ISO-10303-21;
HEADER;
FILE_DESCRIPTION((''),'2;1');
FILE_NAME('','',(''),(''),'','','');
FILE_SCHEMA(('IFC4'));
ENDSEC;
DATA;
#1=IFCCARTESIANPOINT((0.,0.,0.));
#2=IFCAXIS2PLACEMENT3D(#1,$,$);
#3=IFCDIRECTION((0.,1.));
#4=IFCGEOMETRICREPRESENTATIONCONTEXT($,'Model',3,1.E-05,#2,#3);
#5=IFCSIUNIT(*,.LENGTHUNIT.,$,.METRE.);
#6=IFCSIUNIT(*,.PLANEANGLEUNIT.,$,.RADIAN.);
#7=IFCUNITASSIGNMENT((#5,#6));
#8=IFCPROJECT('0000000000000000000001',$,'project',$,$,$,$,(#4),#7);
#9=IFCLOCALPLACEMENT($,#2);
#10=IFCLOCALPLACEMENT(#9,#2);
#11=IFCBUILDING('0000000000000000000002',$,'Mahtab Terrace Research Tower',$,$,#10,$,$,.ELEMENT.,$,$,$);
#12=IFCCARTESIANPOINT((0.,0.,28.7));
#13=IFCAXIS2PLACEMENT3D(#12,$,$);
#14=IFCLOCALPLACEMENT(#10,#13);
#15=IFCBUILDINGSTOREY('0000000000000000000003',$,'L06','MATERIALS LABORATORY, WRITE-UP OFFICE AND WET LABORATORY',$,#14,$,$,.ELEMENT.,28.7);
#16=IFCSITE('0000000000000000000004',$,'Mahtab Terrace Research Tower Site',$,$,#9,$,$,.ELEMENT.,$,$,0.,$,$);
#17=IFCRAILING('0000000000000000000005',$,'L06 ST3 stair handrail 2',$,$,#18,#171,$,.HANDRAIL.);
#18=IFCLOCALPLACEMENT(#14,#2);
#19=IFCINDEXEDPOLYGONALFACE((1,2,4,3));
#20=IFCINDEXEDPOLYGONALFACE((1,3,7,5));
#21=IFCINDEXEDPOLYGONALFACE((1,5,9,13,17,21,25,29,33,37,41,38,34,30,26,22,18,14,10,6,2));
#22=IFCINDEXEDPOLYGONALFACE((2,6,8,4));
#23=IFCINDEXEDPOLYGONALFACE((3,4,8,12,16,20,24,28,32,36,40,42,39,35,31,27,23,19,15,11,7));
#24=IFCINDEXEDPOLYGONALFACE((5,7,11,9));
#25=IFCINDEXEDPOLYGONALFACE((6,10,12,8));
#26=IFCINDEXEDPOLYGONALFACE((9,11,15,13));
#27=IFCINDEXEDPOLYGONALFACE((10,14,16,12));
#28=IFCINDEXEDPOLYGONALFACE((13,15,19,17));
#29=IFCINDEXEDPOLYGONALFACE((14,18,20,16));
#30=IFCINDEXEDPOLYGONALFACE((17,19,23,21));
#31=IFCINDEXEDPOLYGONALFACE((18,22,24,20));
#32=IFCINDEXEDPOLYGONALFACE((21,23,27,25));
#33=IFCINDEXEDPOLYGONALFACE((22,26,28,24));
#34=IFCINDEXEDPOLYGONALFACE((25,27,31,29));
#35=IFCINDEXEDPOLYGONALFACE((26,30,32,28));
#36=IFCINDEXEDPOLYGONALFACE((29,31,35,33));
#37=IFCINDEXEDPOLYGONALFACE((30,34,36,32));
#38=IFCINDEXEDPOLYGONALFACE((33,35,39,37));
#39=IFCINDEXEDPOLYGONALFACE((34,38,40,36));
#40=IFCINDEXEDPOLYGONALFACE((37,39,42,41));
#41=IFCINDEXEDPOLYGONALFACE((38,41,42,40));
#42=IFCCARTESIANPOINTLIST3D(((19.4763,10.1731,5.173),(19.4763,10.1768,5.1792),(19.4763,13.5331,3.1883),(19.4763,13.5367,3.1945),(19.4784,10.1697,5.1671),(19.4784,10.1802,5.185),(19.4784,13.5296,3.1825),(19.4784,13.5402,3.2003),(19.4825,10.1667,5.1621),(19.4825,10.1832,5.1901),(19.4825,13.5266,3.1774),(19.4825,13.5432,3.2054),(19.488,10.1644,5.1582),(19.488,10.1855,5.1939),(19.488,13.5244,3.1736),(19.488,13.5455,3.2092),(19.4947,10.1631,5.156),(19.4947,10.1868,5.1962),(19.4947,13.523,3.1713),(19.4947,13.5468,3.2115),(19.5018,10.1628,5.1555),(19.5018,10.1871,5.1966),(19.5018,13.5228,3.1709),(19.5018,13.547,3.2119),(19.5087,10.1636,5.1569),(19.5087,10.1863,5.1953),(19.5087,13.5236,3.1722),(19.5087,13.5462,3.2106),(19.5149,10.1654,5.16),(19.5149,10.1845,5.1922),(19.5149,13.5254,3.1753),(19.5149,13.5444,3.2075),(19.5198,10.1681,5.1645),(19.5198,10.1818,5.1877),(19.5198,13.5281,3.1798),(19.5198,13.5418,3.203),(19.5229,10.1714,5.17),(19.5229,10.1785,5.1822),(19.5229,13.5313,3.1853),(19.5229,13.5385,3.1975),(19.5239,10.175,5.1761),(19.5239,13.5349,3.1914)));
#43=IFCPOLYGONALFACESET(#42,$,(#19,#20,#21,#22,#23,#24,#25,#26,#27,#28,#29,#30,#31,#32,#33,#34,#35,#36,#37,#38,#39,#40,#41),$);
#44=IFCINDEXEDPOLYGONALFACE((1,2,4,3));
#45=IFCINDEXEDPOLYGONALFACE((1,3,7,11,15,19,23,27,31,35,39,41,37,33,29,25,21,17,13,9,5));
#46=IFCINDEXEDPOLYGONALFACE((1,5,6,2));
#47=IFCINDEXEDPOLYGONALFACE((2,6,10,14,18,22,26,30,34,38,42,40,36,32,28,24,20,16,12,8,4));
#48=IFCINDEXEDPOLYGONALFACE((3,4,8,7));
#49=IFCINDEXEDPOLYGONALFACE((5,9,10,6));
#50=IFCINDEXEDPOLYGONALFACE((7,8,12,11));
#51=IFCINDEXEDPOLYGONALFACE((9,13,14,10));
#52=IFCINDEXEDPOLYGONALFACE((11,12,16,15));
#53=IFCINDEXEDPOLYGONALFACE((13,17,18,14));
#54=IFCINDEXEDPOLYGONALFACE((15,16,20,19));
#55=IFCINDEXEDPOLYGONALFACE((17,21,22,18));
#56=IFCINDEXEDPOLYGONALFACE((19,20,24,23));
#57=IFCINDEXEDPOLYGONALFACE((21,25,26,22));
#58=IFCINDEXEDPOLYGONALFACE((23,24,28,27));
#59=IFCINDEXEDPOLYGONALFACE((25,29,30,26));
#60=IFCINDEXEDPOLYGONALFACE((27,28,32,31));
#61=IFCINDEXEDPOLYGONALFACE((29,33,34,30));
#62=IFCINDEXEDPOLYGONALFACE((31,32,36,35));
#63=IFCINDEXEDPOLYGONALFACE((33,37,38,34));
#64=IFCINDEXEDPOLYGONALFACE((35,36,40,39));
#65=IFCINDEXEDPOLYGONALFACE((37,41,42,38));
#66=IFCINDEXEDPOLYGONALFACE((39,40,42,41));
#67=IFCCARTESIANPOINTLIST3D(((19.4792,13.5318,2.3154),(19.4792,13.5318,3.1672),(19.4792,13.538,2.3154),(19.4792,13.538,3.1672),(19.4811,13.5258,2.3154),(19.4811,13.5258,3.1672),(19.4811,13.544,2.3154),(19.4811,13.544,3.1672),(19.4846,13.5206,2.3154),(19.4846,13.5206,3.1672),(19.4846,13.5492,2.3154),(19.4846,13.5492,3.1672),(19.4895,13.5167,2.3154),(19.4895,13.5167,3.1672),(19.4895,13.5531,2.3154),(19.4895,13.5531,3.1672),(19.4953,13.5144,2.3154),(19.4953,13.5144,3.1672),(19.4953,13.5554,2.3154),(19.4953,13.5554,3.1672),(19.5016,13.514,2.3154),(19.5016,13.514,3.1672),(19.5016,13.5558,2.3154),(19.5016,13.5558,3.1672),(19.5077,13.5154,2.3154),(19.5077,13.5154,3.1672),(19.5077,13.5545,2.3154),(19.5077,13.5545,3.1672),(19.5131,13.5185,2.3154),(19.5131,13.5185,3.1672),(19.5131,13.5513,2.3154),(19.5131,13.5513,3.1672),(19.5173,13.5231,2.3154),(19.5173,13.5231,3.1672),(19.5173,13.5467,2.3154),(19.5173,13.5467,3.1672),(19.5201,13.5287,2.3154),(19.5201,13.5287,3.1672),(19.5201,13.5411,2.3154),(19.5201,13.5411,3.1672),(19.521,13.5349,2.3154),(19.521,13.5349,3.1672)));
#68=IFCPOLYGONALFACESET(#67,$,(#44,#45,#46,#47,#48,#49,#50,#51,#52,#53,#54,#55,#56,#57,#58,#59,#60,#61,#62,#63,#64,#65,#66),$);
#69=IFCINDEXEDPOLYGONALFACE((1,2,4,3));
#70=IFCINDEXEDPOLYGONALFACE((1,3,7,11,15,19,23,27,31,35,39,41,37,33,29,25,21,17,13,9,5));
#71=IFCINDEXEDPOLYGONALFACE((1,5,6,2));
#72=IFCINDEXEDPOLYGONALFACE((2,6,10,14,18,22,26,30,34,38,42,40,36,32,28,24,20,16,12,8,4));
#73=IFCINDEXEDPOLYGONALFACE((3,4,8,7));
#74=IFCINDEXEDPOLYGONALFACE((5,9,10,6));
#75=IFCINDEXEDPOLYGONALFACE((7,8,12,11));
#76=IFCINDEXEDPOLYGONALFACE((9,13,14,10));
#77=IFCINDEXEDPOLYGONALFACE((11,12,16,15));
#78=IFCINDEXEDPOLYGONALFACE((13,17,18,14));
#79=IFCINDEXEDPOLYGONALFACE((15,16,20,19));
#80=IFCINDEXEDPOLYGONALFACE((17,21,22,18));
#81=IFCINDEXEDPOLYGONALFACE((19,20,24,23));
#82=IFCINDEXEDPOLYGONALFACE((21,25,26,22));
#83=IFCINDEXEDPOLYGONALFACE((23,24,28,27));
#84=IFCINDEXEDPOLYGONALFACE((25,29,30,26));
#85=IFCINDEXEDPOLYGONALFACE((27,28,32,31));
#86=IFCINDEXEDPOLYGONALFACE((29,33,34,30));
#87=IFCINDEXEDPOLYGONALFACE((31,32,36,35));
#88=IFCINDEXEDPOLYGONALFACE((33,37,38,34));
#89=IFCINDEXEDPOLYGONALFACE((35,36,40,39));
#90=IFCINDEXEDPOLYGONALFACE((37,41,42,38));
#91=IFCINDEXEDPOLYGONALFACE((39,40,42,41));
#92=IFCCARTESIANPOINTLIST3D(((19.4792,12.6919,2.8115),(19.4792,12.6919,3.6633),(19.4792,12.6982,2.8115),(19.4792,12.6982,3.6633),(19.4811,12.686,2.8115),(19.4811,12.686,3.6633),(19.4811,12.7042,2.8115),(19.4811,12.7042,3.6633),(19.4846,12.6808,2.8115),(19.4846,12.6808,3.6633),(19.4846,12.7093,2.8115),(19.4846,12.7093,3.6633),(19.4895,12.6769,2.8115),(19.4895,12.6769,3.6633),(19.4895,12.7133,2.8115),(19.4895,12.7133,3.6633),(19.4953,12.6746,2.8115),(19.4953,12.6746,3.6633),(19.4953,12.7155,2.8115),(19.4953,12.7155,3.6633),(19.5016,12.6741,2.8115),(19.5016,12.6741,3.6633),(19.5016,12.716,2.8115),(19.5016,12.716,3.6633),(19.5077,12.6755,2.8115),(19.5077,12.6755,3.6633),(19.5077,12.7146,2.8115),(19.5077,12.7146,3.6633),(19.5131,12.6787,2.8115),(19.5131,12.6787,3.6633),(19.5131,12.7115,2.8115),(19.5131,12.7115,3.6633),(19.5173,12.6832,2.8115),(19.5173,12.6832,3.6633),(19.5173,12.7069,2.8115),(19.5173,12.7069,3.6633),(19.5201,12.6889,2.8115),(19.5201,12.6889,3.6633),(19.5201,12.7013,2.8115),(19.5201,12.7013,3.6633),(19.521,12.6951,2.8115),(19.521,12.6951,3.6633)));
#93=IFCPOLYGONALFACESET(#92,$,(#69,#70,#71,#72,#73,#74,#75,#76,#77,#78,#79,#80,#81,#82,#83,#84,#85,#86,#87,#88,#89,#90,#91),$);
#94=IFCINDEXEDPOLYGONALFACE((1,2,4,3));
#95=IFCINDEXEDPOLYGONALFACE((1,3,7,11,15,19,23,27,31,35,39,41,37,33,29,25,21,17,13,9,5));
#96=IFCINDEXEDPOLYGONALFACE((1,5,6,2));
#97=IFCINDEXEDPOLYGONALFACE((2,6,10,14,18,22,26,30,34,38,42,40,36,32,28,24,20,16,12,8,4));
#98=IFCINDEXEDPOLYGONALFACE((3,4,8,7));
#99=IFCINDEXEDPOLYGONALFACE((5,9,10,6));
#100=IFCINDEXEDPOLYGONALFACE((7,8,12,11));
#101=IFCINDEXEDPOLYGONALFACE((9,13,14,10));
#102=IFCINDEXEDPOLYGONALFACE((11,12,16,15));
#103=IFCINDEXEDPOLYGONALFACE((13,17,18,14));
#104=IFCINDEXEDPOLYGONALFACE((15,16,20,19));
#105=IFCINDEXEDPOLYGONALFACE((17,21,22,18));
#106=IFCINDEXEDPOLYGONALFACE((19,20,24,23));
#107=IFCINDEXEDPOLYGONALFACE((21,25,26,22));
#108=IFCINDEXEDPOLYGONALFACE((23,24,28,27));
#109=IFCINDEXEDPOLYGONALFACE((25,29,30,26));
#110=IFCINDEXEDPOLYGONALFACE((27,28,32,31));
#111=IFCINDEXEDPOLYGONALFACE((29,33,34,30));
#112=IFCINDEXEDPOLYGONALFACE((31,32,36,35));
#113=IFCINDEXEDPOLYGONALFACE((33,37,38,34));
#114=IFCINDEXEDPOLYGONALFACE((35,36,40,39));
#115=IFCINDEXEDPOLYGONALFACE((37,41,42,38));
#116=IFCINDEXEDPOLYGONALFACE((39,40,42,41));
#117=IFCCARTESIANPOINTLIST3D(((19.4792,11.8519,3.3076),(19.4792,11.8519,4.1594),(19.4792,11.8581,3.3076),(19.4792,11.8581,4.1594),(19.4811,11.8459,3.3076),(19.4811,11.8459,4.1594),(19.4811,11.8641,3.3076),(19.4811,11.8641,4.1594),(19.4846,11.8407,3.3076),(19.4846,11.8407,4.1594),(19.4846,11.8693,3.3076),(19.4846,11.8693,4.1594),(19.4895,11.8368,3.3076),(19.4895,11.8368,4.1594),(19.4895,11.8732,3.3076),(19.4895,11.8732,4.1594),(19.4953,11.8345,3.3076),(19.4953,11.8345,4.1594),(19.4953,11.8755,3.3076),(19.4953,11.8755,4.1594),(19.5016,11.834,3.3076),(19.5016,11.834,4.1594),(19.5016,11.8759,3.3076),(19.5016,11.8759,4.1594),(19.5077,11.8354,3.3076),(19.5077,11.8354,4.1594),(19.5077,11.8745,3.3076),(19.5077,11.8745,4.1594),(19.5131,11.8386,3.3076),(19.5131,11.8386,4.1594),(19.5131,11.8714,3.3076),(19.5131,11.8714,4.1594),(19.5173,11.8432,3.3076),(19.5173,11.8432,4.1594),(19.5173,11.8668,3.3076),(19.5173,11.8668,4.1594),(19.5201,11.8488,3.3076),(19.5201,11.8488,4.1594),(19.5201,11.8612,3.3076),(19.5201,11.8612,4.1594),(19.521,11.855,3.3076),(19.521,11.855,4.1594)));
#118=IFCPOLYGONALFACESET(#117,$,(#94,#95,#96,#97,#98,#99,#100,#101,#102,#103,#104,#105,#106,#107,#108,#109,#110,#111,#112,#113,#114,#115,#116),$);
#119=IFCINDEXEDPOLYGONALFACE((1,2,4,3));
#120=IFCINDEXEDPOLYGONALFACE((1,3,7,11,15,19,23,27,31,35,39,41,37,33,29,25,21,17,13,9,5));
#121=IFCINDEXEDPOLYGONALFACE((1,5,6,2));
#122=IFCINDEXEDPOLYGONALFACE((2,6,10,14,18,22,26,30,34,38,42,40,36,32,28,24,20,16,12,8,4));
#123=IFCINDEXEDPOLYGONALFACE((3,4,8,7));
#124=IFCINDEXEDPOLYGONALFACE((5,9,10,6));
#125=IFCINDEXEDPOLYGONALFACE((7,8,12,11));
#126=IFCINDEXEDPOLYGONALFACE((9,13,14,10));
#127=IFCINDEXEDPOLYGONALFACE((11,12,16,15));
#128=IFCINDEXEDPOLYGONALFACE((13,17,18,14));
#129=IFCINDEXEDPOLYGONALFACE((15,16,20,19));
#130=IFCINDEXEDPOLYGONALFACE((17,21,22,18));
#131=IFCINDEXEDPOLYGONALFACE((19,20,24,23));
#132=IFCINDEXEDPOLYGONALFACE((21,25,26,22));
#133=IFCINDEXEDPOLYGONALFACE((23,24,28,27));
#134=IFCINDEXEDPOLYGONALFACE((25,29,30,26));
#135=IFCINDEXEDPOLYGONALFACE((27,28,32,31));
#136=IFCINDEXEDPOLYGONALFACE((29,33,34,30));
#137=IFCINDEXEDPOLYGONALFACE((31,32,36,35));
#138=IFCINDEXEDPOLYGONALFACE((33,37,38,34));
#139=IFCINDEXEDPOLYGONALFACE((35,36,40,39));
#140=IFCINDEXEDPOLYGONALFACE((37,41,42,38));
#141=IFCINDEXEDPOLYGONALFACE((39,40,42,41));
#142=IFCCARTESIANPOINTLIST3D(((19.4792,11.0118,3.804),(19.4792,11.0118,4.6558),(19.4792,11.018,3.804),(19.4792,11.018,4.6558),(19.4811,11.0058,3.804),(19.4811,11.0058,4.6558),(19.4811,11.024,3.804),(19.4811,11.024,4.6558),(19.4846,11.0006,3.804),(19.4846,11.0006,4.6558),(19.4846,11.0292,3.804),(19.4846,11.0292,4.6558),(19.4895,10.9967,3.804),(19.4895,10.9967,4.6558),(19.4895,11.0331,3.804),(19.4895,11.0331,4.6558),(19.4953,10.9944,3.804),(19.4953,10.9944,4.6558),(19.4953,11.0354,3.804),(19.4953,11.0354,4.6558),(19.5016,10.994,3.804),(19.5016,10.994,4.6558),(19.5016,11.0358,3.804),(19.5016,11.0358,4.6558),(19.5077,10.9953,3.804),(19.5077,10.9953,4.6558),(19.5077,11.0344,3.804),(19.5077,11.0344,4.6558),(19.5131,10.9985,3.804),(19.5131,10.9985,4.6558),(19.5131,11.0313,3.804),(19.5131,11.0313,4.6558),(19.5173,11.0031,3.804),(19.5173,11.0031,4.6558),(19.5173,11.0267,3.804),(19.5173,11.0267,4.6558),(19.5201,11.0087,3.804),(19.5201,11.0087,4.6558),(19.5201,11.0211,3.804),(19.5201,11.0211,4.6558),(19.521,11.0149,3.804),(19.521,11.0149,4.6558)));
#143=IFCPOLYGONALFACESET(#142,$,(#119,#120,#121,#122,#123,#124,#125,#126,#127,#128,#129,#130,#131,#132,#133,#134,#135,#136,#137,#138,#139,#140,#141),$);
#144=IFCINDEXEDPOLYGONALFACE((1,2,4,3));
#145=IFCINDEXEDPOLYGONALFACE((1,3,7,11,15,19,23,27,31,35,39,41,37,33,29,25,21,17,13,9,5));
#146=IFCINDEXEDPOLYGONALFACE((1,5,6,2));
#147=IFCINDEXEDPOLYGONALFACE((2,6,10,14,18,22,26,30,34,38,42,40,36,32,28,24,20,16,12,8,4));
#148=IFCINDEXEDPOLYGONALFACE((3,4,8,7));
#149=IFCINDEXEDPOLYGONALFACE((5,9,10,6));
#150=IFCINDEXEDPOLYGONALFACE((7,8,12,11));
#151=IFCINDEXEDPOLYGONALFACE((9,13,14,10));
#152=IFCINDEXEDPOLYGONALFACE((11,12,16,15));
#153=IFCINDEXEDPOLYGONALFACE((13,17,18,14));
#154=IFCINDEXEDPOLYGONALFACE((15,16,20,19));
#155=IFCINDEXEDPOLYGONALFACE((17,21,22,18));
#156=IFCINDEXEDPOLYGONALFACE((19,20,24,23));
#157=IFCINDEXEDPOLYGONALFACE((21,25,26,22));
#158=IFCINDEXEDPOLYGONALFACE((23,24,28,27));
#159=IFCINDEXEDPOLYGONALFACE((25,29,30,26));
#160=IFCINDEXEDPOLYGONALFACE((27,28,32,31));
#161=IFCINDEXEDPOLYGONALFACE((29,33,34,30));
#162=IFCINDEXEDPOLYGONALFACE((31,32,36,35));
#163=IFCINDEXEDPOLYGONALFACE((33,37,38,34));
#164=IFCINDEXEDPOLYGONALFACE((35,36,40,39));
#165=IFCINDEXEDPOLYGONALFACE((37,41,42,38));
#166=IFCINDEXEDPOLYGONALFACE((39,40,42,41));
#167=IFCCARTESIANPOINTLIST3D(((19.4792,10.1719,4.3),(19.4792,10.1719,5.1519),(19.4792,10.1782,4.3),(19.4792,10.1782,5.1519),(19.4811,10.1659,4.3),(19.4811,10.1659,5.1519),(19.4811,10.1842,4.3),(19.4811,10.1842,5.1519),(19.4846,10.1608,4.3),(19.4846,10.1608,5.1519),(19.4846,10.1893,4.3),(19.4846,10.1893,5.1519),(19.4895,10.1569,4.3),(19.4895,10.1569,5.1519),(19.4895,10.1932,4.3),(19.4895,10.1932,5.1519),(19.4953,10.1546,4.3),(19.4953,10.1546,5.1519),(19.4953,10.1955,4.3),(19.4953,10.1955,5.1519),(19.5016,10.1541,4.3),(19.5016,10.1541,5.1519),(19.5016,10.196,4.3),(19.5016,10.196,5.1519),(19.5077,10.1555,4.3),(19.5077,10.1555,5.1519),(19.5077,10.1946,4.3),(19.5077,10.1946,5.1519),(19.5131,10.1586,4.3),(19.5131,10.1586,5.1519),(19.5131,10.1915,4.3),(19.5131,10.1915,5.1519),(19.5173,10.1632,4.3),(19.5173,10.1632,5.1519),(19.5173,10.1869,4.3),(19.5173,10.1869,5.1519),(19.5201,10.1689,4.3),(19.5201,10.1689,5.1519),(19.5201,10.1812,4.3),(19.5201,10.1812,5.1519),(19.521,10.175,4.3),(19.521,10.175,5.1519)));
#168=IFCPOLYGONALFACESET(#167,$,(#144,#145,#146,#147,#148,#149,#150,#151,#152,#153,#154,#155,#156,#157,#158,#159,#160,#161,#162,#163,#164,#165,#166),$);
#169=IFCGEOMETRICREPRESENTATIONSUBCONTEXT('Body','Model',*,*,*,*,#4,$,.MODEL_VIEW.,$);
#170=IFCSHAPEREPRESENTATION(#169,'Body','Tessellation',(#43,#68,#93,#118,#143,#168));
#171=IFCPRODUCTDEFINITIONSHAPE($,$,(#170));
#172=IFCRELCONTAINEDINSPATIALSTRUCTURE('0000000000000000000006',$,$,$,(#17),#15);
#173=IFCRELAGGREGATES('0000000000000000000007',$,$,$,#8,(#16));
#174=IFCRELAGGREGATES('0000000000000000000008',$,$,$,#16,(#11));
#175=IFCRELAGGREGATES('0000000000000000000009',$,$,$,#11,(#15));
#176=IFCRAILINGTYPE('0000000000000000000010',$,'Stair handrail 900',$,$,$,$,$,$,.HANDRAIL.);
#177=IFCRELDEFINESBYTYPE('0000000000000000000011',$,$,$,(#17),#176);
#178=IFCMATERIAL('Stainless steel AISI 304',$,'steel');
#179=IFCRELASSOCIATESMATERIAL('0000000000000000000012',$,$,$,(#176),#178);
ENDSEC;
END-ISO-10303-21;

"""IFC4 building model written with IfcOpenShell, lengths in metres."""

from ifc_helpers import new_model, si_unit, direction, frame, origin, origin_2d, place, context, subcontext, project, spatial, circle, extrude, material, type_object, element, save


model = new_model("IFC4")

# Units and contexts
model_context = context("Model", 3, precision=1e-05, world=origin(), true_north=direction((0.0, 1.0)))
body_context = subcontext(model_context, "Body", "Model", "MODEL_VIEW")
ifc_project = project(units=[si_unit("LENGTHUNIT", "METRE"), si_unit("PLANEANGLEUNIT", "RADIAN")], contexts=[model_context])

# Site, building, storey
site_placement = place(None, origin())
site = spatial("IfcSite", under=ifc_project, at=site_placement, Name="Mahtab Terrace Research Tower Site", CompositionType="ELEMENT", RefElevation=0.0)
building_placement = place(site_placement, origin())
building = spatial("IfcBuilding", under=site, at=building_placement, Name="Mahtab Terrace Research Tower", CompositionType="ELEMENT")
storey_placement = place(building_placement, frame((0.0, 0.0, 28.7)))
storey = spatial("IfcBuildingStorey", under=building, at=storey_placement, Name="L06", Description="MATERIALS LABORATORY, WRITE-UP OFFICE AND WET LABORATORY", CompositionType="ELEMENT", Elevation=28.7)

# Shared definitions
ifc_material_1 = material(Name="Stainless steel AISI 304", Category="steel")

# Railing
railing_type_1 = type_object("IfcRailingType", Name="Stair handrail 900", PredefinedType="HANDRAIL", material=ifc_material_1)
railing_1_placement = place(storey_placement, frame((19.5, 13.5349, 2.3154)))
element("IfcRailing", 1, at=railing_1_placement, inside=storey, type_object=railing_type_1, Name="L06 ST3 stair handrail 2", PredefinedType="HANDRAIL", context=body_context, shape_type="SweptSolid", body=[
    extrude(circle(Radius=0.0239, at=origin_2d()), frame((0.0, 0.0, 0.876), z_axis=(0.0, -0.861011, 0.508586), x_axis=(1.0, 0.0, 0.0)), (0.0, 0.0, 1.0), 3.9023),
    extrude(circle(Radius=0.021, at=origin_2d()), origin(), (0.0, 0.0, 1.0), 0.8518),
    extrude(circle(Radius=0.021, at=origin_2d()), frame((0.0, -0.8398, 0.4961)), (0.0, 0.0, 1.0), 0.8518),
    extrude(circle(Radius=0.021, at=origin_2d()), frame((0.0, -1.6799, 0.9922)), (0.0, 0.0, 1.0), 0.8518),
    extrude(circle(Radius=0.021, at=origin_2d()), frame((0.0, -2.52, 1.4885)), (0.0, 0.0, 1.0), 0.8518),
    extrude(circle(Radius=0.021, at=origin_2d()), frame((0.0, -3.3599, 1.9846)), (0.0, 0.0, 1.0), 0.8518),
])

save(model, "model.ifc")
